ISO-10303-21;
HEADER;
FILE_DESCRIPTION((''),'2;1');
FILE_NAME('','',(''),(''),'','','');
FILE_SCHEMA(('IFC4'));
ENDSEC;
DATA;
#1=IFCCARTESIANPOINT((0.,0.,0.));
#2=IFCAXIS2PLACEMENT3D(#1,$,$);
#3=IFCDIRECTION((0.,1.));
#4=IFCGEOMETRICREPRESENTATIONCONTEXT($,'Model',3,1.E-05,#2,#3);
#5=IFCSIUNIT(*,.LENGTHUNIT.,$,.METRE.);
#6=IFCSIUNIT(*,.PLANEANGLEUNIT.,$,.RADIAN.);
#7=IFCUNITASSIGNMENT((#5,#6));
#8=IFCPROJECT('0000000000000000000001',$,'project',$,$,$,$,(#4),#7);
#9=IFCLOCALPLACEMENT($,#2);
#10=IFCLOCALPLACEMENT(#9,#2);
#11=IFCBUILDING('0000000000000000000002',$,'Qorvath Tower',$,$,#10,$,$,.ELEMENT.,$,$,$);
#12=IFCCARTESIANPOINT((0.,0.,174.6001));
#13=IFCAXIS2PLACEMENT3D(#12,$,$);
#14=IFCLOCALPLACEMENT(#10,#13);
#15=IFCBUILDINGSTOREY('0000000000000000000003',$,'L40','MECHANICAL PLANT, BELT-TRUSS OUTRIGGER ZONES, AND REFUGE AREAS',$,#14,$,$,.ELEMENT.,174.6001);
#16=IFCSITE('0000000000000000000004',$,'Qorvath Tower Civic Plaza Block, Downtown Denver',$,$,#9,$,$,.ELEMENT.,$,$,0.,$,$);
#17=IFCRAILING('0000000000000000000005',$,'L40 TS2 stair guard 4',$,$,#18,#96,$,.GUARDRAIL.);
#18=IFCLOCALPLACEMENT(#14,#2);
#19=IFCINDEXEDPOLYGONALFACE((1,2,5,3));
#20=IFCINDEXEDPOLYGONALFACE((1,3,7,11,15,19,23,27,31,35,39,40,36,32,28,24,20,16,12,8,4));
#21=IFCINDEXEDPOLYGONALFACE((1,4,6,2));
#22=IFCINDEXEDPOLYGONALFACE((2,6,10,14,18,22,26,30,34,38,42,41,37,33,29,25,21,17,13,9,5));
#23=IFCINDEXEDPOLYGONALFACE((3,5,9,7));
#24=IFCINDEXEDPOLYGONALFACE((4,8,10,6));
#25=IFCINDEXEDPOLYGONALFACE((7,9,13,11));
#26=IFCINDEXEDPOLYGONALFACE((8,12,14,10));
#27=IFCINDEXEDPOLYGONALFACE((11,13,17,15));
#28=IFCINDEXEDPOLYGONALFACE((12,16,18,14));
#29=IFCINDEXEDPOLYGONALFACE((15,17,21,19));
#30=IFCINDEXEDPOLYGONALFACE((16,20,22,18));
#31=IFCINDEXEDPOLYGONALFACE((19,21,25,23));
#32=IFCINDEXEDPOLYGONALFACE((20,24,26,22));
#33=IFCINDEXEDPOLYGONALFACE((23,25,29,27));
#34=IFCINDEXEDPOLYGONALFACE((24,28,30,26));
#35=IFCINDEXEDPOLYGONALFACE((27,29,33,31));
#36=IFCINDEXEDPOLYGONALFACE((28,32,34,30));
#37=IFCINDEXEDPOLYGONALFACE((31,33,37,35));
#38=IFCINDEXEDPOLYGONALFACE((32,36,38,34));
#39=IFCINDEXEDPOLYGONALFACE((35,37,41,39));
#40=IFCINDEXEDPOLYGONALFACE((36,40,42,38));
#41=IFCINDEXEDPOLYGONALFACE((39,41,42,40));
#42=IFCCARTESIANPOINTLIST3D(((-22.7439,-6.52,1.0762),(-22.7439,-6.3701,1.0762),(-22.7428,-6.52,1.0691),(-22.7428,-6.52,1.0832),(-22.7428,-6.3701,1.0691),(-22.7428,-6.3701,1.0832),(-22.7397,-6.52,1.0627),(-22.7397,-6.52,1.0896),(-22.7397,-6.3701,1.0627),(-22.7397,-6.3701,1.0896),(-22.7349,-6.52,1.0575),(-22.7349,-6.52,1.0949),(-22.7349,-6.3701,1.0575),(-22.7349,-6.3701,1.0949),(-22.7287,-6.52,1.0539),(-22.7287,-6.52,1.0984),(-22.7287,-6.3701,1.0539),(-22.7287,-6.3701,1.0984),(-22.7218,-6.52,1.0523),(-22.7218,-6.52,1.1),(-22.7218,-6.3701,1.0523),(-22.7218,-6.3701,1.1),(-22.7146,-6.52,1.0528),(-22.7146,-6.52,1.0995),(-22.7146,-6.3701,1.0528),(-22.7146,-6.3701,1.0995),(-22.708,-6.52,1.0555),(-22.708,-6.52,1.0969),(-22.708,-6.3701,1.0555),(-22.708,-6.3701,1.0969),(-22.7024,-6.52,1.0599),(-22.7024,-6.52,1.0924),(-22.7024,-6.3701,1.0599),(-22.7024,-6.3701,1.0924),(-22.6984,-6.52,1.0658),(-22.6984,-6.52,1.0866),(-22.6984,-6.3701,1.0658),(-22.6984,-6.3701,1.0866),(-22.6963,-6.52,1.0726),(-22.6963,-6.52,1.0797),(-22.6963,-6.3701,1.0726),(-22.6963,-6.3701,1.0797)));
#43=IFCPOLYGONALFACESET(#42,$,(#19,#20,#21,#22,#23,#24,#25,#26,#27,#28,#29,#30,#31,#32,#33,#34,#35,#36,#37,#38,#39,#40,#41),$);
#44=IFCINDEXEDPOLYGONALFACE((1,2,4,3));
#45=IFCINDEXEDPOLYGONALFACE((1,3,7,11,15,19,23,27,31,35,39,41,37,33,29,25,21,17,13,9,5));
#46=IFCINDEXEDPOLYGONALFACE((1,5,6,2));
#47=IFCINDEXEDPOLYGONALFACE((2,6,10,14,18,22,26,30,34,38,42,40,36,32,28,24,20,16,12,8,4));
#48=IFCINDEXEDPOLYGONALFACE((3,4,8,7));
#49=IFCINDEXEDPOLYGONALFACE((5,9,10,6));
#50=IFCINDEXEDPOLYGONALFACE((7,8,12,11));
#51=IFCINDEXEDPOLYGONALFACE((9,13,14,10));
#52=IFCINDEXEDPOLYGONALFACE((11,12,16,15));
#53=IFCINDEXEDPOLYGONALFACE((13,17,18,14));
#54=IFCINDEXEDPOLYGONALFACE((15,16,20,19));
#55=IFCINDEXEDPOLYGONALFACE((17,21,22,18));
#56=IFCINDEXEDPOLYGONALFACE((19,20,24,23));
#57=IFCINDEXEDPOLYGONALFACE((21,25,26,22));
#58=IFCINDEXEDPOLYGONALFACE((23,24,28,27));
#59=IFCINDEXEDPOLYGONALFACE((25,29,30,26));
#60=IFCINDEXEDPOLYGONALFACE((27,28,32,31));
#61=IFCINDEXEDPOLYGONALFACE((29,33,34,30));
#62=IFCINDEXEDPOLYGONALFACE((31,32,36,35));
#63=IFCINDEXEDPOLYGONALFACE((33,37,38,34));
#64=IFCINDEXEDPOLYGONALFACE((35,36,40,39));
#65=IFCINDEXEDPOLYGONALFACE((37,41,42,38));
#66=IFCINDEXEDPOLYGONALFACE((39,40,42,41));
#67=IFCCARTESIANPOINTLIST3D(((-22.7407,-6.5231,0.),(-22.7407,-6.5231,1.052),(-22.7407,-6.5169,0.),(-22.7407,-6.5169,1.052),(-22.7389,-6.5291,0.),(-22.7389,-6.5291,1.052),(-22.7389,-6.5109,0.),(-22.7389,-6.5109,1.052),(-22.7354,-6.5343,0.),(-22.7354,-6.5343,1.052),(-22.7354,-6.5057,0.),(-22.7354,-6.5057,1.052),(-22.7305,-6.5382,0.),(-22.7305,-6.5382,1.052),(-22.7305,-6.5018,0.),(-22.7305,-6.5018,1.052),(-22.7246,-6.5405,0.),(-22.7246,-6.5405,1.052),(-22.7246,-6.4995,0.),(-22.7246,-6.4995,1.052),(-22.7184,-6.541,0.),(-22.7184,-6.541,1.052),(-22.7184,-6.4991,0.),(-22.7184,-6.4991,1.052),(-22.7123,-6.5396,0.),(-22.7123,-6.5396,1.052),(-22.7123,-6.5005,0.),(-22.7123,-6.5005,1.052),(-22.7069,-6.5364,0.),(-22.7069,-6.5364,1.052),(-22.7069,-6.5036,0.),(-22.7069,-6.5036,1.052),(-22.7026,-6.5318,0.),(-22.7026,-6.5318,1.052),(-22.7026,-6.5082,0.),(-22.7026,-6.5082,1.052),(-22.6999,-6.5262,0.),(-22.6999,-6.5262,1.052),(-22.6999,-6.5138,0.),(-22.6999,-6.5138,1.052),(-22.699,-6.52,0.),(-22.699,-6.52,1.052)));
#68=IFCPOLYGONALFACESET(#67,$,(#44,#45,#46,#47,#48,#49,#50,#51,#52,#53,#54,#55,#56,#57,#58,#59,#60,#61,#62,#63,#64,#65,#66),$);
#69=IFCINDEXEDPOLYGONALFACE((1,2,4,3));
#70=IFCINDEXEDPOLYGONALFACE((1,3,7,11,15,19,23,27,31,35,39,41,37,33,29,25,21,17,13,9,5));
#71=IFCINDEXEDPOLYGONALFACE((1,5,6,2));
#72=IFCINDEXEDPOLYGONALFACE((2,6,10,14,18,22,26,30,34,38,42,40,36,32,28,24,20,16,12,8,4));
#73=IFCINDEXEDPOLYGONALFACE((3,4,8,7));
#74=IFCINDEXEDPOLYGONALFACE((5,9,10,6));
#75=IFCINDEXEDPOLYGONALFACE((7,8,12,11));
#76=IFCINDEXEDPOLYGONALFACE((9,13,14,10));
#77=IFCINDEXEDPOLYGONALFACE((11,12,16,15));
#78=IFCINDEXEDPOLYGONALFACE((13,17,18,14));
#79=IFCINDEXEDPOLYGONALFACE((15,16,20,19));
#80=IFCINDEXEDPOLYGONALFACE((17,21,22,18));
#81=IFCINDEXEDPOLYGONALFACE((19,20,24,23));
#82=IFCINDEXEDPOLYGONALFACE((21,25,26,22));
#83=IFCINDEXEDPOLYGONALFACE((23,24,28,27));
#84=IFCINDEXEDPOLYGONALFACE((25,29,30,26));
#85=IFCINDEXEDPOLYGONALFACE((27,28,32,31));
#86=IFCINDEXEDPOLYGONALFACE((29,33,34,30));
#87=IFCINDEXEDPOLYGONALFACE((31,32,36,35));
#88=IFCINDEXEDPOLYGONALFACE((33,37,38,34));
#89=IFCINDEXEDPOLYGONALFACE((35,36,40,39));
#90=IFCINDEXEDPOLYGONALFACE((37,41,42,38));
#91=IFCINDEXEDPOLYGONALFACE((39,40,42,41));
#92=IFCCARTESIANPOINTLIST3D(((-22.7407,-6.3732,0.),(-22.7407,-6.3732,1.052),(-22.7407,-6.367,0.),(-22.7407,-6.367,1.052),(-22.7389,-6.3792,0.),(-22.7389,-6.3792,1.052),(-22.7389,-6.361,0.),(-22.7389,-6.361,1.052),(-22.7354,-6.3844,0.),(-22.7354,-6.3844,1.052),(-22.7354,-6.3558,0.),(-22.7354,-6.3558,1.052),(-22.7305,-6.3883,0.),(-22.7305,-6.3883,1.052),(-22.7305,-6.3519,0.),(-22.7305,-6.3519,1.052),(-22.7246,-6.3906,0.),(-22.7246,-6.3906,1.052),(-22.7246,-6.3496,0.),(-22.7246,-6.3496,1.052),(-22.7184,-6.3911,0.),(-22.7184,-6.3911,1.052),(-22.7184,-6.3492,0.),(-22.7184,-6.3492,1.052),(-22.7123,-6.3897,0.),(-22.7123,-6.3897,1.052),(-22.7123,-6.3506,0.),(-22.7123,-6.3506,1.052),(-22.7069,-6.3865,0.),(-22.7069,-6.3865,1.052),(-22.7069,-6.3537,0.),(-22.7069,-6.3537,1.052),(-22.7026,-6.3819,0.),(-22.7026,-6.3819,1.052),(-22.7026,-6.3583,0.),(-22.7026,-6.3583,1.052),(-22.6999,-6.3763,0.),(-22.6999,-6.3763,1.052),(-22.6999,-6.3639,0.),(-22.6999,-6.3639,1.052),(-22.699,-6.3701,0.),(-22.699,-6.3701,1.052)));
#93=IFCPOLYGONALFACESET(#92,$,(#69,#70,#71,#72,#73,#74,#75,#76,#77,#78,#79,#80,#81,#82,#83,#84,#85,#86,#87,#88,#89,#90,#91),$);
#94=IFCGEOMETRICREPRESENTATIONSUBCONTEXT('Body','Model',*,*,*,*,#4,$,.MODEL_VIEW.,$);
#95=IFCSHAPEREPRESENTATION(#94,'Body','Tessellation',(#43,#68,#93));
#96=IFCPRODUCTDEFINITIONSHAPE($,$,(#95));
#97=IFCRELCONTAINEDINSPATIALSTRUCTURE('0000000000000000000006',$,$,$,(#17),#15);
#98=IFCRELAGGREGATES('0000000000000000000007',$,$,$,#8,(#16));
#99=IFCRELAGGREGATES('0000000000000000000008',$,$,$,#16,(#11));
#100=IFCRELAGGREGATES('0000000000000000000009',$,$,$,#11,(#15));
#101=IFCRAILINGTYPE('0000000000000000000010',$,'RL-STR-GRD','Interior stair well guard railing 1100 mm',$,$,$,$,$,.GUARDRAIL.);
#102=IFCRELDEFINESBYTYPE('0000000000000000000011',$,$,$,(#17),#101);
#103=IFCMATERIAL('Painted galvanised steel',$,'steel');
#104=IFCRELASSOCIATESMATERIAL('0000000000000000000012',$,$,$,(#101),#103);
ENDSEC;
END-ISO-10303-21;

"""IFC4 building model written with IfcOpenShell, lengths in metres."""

from ifc_helpers import new_model, si_unit, direction, frame, origin, origin_2d, place, context, subcontext, project, spatial, circle, extrude, material, type_object, element, save


model = new_model("IFC4")

# Units and contexts
model_context = context("Model", 3, precision=1e-05, world=origin(), true_north=direction((0.0, 1.0)))
body_context = subcontext(model_context, "Body", "Model", "MODEL_VIEW")
ifc_project = project(units=[si_unit("LENGTHUNIT", "METRE"), si_unit("PLANEANGLEUNIT", "RADIAN")], contexts=[model_context])

# Site, building, storey
site_placement = place(None, origin())
site = spatial("IfcSite", under=ifc_project, at=site_placement, Name="Qorvath Tower Civic Plaza Block, Downtown Denver", CompositionType="ELEMENT", RefElevation=0.0)
building_placement = place(site_placement, origin())
building = spatial("IfcBuilding", under=site, at=building_placement, Name="Qorvath Tower", CompositionType="ELEMENT")
storey_placement = place(building_placement, frame((0.0, 0.0, 174.6001)))
storey = spatial("IfcBuildingStorey", under=building, at=storey_placement, Name="L40", Description="MECHANICAL PLANT, BELT-TRUSS OUTRIGGER ZONES, AND REFUGE AREAS", CompositionType="ELEMENT", Elevation=174.6001)

# Railing
ifc_material_1 = material(Name="Painted galvanised steel", Category="steel")
railing_type_1 = type_object("IfcRailingType", Name="RL-STR-GRD", Description="Interior stair well guard railing 1100 mm", PredefinedType="GUARDRAIL", material=ifc_material_1)
railing_1_placement = place(storey_placement, frame((-22.72, -6.52, 0.0)))
element("IfcRailing", 1, at=railing_1_placement, inside=storey, type_object=railing_type_1, Name="L40 TS2 stair guard 4", PredefinedType="GUARDRAIL", context=body_context, shape_type="SweptSolid", body=[
    extrude(circle(Radius=0.0239, at=origin_2d()), frame((0.0, 0.0, 1.0762), z_axis=(0.0, 1.0, 0.0), x_axis=(-1.0, 0.0, 0.0)), (0.0, 0.0, 1.0), 0.1499),
    extrude(circle(Radius=0.021, at=origin_2d()), origin(), (0.0, 0.0, 1.0), 1.052),
    extrude(circle(Radius=0.021, at=origin_2d()), frame((0.0, 0.1499, 0.0)), (0.0, 0.0, 1.0), 1.052),
])

save(model, "model.ifc")
